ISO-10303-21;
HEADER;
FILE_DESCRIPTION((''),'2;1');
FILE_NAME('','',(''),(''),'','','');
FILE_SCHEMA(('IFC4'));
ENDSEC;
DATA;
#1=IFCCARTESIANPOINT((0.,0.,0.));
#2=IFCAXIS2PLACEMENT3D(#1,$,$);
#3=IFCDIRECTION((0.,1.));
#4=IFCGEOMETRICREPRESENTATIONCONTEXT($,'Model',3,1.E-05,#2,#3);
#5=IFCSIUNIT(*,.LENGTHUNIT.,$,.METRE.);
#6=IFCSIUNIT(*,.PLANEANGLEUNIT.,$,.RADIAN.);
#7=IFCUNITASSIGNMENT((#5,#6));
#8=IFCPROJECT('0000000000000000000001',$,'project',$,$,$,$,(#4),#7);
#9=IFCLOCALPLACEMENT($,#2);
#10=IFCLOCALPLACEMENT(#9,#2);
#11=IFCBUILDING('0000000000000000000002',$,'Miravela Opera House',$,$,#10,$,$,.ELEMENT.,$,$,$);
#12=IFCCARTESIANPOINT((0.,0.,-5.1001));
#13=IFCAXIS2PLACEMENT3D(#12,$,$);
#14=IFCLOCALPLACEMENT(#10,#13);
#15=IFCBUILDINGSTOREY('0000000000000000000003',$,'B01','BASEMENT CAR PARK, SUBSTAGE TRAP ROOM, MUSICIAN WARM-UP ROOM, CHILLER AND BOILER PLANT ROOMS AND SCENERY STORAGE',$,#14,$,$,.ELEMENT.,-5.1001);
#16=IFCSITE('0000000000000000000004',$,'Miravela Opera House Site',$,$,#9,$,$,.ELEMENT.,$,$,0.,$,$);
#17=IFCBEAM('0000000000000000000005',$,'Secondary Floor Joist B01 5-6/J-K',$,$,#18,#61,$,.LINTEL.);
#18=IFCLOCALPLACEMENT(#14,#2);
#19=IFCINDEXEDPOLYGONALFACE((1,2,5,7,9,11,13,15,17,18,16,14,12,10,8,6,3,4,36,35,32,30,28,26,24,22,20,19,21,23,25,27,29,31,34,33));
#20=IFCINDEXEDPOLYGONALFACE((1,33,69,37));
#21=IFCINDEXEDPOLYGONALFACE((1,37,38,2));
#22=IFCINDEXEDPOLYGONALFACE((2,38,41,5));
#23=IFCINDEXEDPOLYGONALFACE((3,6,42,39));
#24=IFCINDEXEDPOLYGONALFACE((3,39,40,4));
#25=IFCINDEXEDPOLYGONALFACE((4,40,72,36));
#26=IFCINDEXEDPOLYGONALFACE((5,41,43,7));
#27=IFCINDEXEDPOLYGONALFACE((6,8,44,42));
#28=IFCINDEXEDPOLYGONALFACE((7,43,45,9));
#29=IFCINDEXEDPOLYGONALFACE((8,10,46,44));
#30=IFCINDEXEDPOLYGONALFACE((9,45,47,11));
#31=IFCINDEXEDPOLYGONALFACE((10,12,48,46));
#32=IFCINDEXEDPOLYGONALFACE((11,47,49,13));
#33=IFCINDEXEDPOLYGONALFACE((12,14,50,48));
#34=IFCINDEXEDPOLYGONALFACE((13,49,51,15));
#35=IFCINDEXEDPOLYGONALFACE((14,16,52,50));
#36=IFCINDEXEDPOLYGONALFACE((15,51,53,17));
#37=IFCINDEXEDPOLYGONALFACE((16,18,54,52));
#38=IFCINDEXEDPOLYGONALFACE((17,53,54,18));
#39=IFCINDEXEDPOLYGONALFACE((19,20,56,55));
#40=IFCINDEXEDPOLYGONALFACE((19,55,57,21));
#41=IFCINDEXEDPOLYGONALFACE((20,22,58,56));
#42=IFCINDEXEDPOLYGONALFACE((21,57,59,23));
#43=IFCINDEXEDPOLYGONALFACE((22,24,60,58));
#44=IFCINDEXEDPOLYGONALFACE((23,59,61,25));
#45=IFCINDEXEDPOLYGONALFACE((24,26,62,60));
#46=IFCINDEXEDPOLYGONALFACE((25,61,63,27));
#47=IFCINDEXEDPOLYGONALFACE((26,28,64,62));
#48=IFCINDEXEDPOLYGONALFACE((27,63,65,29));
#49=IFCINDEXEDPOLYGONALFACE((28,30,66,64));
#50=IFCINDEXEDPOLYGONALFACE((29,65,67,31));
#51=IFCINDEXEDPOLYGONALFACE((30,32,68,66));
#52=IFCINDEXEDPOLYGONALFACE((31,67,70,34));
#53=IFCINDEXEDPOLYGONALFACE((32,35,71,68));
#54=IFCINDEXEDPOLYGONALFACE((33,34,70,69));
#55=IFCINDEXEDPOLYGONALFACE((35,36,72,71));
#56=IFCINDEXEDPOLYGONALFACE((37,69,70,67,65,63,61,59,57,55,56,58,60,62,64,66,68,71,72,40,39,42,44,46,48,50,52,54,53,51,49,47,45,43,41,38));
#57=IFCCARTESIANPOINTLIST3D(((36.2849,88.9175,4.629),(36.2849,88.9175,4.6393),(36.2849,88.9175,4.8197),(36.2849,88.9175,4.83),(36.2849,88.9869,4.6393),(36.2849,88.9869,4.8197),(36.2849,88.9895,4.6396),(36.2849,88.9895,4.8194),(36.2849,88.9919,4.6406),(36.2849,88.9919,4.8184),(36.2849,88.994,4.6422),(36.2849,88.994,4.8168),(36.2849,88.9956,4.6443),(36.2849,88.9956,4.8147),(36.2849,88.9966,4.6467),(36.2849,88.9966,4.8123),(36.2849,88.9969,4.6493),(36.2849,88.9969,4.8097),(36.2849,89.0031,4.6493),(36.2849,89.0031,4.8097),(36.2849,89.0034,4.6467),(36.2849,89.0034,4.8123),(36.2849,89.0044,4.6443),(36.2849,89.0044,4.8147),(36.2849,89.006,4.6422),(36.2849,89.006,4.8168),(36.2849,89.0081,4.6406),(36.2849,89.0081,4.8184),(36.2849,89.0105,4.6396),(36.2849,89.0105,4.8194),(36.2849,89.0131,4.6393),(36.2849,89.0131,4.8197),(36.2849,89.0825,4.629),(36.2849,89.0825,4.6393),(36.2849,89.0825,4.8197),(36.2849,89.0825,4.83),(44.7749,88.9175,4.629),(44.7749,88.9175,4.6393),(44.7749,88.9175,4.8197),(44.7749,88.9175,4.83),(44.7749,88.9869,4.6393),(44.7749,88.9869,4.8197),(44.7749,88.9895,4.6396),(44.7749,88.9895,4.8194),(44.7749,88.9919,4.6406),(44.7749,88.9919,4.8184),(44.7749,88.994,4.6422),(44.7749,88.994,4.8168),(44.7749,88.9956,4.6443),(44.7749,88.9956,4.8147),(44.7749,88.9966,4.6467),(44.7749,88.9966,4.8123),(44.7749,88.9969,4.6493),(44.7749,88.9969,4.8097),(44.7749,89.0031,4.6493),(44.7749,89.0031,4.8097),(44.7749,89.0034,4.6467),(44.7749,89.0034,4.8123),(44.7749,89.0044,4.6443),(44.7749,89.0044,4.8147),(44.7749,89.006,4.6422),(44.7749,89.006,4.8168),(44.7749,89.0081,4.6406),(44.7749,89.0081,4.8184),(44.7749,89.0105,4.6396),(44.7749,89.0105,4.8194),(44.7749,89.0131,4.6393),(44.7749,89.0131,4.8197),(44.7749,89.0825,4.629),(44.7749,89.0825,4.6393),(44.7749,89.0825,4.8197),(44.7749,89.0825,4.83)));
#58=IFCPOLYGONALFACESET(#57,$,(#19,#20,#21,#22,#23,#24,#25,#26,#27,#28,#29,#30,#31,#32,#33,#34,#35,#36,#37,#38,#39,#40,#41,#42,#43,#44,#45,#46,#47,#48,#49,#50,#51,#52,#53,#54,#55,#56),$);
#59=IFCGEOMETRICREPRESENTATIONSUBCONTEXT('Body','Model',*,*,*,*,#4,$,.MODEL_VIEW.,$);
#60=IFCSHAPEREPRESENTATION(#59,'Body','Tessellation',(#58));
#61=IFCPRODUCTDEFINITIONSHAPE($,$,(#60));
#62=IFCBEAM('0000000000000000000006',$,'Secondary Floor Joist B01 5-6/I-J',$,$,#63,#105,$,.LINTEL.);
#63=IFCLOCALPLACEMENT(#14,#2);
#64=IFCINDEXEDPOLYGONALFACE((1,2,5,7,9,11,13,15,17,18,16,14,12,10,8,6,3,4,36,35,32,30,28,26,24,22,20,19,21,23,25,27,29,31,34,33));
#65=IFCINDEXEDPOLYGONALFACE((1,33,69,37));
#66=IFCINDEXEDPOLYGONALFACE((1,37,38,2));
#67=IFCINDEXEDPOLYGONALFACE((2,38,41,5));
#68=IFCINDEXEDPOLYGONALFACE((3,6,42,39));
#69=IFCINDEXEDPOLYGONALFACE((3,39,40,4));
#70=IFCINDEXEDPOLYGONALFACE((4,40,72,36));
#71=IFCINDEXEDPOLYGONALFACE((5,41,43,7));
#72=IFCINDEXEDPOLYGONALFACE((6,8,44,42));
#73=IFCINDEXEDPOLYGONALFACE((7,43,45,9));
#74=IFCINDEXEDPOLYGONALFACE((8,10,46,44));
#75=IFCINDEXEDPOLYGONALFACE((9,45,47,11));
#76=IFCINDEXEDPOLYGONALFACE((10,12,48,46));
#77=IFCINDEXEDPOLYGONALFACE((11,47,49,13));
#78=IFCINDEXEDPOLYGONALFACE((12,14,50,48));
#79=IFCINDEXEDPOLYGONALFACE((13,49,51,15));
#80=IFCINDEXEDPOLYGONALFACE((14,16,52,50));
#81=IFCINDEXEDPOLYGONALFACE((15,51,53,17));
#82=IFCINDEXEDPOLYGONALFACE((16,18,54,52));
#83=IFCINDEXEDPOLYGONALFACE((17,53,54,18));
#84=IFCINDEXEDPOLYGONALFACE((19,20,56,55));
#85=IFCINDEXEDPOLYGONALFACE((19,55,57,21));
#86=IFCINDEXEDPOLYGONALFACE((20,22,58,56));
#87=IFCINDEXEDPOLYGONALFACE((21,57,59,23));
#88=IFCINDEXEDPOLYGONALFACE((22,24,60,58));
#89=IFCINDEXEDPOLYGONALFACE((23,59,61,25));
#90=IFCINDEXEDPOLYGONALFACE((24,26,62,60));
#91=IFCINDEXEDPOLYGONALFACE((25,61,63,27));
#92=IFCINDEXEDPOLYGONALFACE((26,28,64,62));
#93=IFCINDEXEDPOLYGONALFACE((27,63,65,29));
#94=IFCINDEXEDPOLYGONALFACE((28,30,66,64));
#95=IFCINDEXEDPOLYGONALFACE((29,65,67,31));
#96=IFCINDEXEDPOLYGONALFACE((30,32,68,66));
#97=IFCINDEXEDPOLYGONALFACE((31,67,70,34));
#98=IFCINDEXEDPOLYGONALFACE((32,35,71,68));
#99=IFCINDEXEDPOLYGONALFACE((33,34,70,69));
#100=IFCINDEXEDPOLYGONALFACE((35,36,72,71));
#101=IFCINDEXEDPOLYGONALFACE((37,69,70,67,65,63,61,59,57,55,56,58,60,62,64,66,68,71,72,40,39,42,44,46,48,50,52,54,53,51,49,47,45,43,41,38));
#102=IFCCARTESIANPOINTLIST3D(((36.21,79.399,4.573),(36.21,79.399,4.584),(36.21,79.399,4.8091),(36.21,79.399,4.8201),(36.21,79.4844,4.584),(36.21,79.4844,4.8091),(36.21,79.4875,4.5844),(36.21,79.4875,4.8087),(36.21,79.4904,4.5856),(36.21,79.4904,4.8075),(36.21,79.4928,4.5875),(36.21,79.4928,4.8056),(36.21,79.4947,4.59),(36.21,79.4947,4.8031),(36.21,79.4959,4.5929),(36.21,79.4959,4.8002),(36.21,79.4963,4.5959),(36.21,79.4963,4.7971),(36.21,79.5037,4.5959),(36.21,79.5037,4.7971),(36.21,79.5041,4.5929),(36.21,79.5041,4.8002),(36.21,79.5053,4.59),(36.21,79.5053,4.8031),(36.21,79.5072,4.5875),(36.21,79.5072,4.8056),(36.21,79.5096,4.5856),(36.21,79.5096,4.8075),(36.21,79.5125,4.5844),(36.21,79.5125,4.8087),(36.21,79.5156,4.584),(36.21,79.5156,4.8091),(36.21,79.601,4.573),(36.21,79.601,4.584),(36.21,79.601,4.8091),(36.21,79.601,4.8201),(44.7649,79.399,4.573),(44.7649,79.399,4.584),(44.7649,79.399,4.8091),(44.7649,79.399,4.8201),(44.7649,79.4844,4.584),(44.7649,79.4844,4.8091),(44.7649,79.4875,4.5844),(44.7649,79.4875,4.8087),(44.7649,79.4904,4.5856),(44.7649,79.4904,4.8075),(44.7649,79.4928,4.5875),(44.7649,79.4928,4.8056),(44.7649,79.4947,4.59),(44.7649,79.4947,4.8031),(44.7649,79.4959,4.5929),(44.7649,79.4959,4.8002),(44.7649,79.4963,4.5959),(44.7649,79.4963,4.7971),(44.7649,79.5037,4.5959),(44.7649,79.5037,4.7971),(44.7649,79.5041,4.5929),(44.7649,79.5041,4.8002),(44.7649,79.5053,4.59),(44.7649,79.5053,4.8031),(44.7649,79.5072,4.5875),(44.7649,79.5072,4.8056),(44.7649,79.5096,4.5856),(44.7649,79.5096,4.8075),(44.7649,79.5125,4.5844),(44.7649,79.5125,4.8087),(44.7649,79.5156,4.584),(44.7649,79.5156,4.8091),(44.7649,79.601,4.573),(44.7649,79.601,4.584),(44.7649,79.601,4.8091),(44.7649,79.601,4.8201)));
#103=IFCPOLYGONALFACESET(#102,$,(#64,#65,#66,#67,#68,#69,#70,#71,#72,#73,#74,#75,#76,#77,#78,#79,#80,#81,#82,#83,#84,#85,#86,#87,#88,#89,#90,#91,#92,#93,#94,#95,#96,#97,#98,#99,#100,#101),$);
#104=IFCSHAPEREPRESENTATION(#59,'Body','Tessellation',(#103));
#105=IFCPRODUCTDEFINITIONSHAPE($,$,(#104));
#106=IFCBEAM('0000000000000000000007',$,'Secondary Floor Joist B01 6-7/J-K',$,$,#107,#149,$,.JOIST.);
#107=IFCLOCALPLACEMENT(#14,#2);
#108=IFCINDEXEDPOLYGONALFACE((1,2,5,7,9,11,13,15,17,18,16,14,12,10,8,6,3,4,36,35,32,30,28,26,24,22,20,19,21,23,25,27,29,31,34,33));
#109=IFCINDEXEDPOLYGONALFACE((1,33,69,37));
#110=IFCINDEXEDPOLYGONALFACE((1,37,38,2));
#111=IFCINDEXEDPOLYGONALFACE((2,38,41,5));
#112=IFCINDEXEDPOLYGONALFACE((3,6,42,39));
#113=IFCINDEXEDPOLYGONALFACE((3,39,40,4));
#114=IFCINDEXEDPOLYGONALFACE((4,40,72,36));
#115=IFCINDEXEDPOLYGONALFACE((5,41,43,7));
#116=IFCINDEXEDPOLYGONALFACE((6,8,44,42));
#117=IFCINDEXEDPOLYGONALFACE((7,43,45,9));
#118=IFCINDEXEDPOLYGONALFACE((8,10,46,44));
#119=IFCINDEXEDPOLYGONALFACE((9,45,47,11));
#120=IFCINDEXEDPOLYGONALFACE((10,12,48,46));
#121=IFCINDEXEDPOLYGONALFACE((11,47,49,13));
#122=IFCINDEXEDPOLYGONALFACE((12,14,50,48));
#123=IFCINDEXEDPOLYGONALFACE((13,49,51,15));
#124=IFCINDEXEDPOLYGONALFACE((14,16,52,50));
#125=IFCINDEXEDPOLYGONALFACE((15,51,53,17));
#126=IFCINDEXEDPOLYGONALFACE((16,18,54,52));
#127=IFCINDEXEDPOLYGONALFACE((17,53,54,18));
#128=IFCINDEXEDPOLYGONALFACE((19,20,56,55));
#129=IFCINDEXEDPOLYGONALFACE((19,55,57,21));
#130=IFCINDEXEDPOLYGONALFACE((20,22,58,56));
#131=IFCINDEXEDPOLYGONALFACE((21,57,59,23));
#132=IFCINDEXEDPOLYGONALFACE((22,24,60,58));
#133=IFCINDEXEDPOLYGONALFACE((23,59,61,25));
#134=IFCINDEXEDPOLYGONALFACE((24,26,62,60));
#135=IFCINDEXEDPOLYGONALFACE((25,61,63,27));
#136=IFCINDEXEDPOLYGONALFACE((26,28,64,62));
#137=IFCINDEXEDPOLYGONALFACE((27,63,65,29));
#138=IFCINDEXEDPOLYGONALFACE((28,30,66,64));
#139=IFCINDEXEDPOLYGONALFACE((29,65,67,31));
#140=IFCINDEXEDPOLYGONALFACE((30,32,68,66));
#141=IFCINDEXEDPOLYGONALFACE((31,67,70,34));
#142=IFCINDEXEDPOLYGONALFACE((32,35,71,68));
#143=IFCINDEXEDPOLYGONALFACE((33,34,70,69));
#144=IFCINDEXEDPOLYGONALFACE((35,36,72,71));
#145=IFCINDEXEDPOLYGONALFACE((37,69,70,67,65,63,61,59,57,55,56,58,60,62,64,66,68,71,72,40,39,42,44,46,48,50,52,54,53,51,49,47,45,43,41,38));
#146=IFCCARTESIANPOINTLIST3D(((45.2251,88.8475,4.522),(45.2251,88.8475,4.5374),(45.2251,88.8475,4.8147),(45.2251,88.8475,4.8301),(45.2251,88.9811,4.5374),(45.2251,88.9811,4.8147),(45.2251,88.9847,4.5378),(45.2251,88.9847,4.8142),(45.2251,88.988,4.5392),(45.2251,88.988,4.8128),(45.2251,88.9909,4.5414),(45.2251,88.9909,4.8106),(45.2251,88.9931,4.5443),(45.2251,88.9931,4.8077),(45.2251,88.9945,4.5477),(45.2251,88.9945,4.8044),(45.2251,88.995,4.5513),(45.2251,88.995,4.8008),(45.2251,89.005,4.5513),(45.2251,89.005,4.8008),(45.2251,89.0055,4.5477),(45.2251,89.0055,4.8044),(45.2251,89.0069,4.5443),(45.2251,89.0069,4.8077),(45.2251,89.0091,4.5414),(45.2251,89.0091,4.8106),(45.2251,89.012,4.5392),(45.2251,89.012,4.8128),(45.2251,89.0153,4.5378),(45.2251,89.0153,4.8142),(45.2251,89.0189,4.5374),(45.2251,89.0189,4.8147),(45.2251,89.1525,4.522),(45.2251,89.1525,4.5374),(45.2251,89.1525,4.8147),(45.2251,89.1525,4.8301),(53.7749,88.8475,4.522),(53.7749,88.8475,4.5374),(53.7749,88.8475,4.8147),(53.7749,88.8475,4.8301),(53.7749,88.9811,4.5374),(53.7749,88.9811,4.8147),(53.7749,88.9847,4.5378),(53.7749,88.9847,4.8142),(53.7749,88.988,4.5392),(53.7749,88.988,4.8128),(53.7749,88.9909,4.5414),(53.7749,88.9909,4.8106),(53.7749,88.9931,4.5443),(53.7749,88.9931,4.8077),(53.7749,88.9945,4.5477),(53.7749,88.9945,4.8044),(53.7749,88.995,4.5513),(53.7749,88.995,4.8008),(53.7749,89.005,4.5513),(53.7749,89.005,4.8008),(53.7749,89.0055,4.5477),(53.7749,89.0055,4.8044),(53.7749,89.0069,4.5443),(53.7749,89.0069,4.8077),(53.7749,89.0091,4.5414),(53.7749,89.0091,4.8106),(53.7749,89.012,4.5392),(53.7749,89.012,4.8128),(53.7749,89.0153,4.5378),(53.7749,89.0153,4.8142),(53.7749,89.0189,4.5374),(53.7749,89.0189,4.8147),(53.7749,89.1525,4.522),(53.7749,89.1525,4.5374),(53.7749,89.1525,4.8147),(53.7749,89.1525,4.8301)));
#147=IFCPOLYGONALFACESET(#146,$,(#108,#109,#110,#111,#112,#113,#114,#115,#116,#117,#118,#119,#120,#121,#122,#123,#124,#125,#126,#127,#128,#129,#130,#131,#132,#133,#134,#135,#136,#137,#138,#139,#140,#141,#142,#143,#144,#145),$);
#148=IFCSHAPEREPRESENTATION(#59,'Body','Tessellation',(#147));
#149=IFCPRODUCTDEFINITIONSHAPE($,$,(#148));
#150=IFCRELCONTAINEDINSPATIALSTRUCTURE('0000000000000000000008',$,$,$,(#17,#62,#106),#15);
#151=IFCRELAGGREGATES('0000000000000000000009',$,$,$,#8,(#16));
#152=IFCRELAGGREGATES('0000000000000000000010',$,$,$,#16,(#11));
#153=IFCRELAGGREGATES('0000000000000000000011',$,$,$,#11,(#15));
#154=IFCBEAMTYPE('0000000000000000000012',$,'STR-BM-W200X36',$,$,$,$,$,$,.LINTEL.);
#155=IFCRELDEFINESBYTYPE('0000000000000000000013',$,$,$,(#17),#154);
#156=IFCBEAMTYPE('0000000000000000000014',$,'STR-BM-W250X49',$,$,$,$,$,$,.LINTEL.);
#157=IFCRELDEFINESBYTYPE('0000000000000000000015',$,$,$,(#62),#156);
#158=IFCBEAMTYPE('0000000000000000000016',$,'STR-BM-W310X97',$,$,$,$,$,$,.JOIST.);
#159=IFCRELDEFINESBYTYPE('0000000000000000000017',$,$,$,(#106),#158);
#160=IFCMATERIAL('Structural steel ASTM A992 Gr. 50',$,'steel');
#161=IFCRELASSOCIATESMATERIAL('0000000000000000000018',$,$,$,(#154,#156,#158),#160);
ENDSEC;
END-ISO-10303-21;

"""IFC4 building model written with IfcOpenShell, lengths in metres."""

from ifc_helpers import new_model, si_unit, direction, frame, origin, origin_2d, place, context, subcontext, project, spatial, i_section, extrude, material, material_profile, profile_set, type_object, element, save


model = new_model("IFC4")

# Units and contexts
model_context = context("Model", 3, precision=1e-05, world=origin(), true_north=direction((0.0, 1.0)))
body_context = subcontext(model_context, "Body", "Model", "MODEL_VIEW")
ifc_project = project(units=[si_unit("LENGTHUNIT", "METRE"), si_unit("PLANEANGLEUNIT", "RADIAN")], contexts=[model_context])

# Site, building, storey
site_placement = place(None, origin())
site = spatial("IfcSite", under=ifc_project, at=site_placement, Name="Miravela Opera House Site", CompositionType="ELEMENT", RefElevation=0.0)
building_placement = place(site_placement, origin())
building = spatial("IfcBuilding", under=site, at=building_placement, Name="Miravela Opera House", CompositionType="ELEMENT")
storey_placement = place(building_placement, frame((0.0, 0.0, -5.1001)))
storey = spatial("IfcBuildingStorey", under=building, at=storey_placement, Name="B01", Description="BASEMENT CAR PARK, SUBSTAGE TRAP ROOM, MUSICIAN WARM-UP ROOM, CHILLER AND BOILER PLANT ROOMS AND SCENERY STORAGE", CompositionType="ELEMENT", Elevation=-5.1001)

# Beams
ifc_material_1 = material(Name="Structural steel ASTM A992 Gr. 50", Category="steel")
ifc_material_profile_1 = material_profile(ifc_material_1, i_section(OverallWidth=0.165, OverallDepth=0.2009, WebThickness=0.0061, FlangeThickness=0.0103, FilletRadius=0.01, at=origin_2d()), Name="W200X36")
ifc_profile_set_1 = profile_set([ifc_material_profile_1])
beam_type_1 = type_object("IfcBeamType", Name="STR-BM-W200X36", PredefinedType="LINTEL", material=ifc_profile_set_1)
beam_1_placement = place(storey_placement, frame((36.2849, 89.0, 4.7295), z_axis=(1.0, 0.0, 0.0), x_axis=(0.0, 1.0, 0.0)))
element("IfcBeam", 1, at=beam_1_placement, inside=storey, type_object=beam_type_1, Name="Secondary Floor Joist B01 5-6/J-K", PredefinedType="LINTEL", context=body_context, shape_type="SweptSolid", body=[
    extrude(i_section(OverallWidth=0.165, OverallDepth=0.2009, WebThickness=0.0061, FlangeThickness=0.0103, FilletRadius=0.01, at=origin_2d()), origin(), (0.0, 0.0, 1.0), 8.49),
])
ifc_material_profile_2 = material_profile(ifc_material_1, i_section(OverallWidth=0.2019, OverallDepth=0.2471, WebThickness=0.0073, FlangeThickness=0.011, FilletRadius=0.012, at=origin_2d()), Name="W250X49")
ifc_profile_set_2 = profile_set([ifc_material_profile_2])
beam_type_2 = type_object("IfcBeamType", Name="STR-BM-W250X49", PredefinedType="LINTEL", material=ifc_profile_set_2)
beam_2_placement = place(storey_placement, frame((36.21, 79.5, 4.6965), z_axis=(1.0, 0.0, 0.0), x_axis=(0.0, 1.0, 0.0)))
element("IfcBeam", 2, at=beam_2_placement, inside=storey, type_object=beam_type_2, Name="Secondary Floor Joist B01 5-6/I-J", PredefinedType="LINTEL", context=body_context, shape_type="SweptSolid", body=[
    extrude(i_section(OverallWidth=0.2019, OverallDepth=0.2471, WebThickness=0.0073, FlangeThickness=0.011, FilletRadius=0.012, at=origin_2d()), origin(), (0.0, 0.0, 1.0), 8.5549),
])
ifc_material_profile_3 = material_profile(ifc_material_1, i_section(OverallWidth=0.3049, OverallDepth=0.3081, WebThickness=0.01, FlangeThickness=0.0154, FilletRadius=0.0139, at=origin_2d()), Name="W310X97")
ifc_profile_set_3 = profile_set([ifc_material_profile_3])
beam_type_3 = type_object("IfcBeamType", Name="STR-BM-W310X97", PredefinedType="JOIST", material=ifc_profile_set_3)
beam_3_placement = place(storey_placement, frame((45.2251, 89.0, 4.676), z_axis=(1.0, 0.0, 0.0), x_axis=(0.0, 1.0, 0.0)))
element("IfcBeam", 3, at=beam_3_placement, inside=storey, type_object=beam_type_3, Name="Secondary Floor Joist B01 6-7/J-K", PredefinedType="JOIST", context=body_context, shape_type="SweptSolid", body=[
    extrude(i_section(OverallWidth=0.3049, OverallDepth=0.3081, WebThickness=0.01, FlangeThickness=0.0154, FilletRadius=0.0139, at=origin_2d()), origin(), (0.0, 0.0, 1.0), 8.5498),
])

save(model, "model.ifc")
